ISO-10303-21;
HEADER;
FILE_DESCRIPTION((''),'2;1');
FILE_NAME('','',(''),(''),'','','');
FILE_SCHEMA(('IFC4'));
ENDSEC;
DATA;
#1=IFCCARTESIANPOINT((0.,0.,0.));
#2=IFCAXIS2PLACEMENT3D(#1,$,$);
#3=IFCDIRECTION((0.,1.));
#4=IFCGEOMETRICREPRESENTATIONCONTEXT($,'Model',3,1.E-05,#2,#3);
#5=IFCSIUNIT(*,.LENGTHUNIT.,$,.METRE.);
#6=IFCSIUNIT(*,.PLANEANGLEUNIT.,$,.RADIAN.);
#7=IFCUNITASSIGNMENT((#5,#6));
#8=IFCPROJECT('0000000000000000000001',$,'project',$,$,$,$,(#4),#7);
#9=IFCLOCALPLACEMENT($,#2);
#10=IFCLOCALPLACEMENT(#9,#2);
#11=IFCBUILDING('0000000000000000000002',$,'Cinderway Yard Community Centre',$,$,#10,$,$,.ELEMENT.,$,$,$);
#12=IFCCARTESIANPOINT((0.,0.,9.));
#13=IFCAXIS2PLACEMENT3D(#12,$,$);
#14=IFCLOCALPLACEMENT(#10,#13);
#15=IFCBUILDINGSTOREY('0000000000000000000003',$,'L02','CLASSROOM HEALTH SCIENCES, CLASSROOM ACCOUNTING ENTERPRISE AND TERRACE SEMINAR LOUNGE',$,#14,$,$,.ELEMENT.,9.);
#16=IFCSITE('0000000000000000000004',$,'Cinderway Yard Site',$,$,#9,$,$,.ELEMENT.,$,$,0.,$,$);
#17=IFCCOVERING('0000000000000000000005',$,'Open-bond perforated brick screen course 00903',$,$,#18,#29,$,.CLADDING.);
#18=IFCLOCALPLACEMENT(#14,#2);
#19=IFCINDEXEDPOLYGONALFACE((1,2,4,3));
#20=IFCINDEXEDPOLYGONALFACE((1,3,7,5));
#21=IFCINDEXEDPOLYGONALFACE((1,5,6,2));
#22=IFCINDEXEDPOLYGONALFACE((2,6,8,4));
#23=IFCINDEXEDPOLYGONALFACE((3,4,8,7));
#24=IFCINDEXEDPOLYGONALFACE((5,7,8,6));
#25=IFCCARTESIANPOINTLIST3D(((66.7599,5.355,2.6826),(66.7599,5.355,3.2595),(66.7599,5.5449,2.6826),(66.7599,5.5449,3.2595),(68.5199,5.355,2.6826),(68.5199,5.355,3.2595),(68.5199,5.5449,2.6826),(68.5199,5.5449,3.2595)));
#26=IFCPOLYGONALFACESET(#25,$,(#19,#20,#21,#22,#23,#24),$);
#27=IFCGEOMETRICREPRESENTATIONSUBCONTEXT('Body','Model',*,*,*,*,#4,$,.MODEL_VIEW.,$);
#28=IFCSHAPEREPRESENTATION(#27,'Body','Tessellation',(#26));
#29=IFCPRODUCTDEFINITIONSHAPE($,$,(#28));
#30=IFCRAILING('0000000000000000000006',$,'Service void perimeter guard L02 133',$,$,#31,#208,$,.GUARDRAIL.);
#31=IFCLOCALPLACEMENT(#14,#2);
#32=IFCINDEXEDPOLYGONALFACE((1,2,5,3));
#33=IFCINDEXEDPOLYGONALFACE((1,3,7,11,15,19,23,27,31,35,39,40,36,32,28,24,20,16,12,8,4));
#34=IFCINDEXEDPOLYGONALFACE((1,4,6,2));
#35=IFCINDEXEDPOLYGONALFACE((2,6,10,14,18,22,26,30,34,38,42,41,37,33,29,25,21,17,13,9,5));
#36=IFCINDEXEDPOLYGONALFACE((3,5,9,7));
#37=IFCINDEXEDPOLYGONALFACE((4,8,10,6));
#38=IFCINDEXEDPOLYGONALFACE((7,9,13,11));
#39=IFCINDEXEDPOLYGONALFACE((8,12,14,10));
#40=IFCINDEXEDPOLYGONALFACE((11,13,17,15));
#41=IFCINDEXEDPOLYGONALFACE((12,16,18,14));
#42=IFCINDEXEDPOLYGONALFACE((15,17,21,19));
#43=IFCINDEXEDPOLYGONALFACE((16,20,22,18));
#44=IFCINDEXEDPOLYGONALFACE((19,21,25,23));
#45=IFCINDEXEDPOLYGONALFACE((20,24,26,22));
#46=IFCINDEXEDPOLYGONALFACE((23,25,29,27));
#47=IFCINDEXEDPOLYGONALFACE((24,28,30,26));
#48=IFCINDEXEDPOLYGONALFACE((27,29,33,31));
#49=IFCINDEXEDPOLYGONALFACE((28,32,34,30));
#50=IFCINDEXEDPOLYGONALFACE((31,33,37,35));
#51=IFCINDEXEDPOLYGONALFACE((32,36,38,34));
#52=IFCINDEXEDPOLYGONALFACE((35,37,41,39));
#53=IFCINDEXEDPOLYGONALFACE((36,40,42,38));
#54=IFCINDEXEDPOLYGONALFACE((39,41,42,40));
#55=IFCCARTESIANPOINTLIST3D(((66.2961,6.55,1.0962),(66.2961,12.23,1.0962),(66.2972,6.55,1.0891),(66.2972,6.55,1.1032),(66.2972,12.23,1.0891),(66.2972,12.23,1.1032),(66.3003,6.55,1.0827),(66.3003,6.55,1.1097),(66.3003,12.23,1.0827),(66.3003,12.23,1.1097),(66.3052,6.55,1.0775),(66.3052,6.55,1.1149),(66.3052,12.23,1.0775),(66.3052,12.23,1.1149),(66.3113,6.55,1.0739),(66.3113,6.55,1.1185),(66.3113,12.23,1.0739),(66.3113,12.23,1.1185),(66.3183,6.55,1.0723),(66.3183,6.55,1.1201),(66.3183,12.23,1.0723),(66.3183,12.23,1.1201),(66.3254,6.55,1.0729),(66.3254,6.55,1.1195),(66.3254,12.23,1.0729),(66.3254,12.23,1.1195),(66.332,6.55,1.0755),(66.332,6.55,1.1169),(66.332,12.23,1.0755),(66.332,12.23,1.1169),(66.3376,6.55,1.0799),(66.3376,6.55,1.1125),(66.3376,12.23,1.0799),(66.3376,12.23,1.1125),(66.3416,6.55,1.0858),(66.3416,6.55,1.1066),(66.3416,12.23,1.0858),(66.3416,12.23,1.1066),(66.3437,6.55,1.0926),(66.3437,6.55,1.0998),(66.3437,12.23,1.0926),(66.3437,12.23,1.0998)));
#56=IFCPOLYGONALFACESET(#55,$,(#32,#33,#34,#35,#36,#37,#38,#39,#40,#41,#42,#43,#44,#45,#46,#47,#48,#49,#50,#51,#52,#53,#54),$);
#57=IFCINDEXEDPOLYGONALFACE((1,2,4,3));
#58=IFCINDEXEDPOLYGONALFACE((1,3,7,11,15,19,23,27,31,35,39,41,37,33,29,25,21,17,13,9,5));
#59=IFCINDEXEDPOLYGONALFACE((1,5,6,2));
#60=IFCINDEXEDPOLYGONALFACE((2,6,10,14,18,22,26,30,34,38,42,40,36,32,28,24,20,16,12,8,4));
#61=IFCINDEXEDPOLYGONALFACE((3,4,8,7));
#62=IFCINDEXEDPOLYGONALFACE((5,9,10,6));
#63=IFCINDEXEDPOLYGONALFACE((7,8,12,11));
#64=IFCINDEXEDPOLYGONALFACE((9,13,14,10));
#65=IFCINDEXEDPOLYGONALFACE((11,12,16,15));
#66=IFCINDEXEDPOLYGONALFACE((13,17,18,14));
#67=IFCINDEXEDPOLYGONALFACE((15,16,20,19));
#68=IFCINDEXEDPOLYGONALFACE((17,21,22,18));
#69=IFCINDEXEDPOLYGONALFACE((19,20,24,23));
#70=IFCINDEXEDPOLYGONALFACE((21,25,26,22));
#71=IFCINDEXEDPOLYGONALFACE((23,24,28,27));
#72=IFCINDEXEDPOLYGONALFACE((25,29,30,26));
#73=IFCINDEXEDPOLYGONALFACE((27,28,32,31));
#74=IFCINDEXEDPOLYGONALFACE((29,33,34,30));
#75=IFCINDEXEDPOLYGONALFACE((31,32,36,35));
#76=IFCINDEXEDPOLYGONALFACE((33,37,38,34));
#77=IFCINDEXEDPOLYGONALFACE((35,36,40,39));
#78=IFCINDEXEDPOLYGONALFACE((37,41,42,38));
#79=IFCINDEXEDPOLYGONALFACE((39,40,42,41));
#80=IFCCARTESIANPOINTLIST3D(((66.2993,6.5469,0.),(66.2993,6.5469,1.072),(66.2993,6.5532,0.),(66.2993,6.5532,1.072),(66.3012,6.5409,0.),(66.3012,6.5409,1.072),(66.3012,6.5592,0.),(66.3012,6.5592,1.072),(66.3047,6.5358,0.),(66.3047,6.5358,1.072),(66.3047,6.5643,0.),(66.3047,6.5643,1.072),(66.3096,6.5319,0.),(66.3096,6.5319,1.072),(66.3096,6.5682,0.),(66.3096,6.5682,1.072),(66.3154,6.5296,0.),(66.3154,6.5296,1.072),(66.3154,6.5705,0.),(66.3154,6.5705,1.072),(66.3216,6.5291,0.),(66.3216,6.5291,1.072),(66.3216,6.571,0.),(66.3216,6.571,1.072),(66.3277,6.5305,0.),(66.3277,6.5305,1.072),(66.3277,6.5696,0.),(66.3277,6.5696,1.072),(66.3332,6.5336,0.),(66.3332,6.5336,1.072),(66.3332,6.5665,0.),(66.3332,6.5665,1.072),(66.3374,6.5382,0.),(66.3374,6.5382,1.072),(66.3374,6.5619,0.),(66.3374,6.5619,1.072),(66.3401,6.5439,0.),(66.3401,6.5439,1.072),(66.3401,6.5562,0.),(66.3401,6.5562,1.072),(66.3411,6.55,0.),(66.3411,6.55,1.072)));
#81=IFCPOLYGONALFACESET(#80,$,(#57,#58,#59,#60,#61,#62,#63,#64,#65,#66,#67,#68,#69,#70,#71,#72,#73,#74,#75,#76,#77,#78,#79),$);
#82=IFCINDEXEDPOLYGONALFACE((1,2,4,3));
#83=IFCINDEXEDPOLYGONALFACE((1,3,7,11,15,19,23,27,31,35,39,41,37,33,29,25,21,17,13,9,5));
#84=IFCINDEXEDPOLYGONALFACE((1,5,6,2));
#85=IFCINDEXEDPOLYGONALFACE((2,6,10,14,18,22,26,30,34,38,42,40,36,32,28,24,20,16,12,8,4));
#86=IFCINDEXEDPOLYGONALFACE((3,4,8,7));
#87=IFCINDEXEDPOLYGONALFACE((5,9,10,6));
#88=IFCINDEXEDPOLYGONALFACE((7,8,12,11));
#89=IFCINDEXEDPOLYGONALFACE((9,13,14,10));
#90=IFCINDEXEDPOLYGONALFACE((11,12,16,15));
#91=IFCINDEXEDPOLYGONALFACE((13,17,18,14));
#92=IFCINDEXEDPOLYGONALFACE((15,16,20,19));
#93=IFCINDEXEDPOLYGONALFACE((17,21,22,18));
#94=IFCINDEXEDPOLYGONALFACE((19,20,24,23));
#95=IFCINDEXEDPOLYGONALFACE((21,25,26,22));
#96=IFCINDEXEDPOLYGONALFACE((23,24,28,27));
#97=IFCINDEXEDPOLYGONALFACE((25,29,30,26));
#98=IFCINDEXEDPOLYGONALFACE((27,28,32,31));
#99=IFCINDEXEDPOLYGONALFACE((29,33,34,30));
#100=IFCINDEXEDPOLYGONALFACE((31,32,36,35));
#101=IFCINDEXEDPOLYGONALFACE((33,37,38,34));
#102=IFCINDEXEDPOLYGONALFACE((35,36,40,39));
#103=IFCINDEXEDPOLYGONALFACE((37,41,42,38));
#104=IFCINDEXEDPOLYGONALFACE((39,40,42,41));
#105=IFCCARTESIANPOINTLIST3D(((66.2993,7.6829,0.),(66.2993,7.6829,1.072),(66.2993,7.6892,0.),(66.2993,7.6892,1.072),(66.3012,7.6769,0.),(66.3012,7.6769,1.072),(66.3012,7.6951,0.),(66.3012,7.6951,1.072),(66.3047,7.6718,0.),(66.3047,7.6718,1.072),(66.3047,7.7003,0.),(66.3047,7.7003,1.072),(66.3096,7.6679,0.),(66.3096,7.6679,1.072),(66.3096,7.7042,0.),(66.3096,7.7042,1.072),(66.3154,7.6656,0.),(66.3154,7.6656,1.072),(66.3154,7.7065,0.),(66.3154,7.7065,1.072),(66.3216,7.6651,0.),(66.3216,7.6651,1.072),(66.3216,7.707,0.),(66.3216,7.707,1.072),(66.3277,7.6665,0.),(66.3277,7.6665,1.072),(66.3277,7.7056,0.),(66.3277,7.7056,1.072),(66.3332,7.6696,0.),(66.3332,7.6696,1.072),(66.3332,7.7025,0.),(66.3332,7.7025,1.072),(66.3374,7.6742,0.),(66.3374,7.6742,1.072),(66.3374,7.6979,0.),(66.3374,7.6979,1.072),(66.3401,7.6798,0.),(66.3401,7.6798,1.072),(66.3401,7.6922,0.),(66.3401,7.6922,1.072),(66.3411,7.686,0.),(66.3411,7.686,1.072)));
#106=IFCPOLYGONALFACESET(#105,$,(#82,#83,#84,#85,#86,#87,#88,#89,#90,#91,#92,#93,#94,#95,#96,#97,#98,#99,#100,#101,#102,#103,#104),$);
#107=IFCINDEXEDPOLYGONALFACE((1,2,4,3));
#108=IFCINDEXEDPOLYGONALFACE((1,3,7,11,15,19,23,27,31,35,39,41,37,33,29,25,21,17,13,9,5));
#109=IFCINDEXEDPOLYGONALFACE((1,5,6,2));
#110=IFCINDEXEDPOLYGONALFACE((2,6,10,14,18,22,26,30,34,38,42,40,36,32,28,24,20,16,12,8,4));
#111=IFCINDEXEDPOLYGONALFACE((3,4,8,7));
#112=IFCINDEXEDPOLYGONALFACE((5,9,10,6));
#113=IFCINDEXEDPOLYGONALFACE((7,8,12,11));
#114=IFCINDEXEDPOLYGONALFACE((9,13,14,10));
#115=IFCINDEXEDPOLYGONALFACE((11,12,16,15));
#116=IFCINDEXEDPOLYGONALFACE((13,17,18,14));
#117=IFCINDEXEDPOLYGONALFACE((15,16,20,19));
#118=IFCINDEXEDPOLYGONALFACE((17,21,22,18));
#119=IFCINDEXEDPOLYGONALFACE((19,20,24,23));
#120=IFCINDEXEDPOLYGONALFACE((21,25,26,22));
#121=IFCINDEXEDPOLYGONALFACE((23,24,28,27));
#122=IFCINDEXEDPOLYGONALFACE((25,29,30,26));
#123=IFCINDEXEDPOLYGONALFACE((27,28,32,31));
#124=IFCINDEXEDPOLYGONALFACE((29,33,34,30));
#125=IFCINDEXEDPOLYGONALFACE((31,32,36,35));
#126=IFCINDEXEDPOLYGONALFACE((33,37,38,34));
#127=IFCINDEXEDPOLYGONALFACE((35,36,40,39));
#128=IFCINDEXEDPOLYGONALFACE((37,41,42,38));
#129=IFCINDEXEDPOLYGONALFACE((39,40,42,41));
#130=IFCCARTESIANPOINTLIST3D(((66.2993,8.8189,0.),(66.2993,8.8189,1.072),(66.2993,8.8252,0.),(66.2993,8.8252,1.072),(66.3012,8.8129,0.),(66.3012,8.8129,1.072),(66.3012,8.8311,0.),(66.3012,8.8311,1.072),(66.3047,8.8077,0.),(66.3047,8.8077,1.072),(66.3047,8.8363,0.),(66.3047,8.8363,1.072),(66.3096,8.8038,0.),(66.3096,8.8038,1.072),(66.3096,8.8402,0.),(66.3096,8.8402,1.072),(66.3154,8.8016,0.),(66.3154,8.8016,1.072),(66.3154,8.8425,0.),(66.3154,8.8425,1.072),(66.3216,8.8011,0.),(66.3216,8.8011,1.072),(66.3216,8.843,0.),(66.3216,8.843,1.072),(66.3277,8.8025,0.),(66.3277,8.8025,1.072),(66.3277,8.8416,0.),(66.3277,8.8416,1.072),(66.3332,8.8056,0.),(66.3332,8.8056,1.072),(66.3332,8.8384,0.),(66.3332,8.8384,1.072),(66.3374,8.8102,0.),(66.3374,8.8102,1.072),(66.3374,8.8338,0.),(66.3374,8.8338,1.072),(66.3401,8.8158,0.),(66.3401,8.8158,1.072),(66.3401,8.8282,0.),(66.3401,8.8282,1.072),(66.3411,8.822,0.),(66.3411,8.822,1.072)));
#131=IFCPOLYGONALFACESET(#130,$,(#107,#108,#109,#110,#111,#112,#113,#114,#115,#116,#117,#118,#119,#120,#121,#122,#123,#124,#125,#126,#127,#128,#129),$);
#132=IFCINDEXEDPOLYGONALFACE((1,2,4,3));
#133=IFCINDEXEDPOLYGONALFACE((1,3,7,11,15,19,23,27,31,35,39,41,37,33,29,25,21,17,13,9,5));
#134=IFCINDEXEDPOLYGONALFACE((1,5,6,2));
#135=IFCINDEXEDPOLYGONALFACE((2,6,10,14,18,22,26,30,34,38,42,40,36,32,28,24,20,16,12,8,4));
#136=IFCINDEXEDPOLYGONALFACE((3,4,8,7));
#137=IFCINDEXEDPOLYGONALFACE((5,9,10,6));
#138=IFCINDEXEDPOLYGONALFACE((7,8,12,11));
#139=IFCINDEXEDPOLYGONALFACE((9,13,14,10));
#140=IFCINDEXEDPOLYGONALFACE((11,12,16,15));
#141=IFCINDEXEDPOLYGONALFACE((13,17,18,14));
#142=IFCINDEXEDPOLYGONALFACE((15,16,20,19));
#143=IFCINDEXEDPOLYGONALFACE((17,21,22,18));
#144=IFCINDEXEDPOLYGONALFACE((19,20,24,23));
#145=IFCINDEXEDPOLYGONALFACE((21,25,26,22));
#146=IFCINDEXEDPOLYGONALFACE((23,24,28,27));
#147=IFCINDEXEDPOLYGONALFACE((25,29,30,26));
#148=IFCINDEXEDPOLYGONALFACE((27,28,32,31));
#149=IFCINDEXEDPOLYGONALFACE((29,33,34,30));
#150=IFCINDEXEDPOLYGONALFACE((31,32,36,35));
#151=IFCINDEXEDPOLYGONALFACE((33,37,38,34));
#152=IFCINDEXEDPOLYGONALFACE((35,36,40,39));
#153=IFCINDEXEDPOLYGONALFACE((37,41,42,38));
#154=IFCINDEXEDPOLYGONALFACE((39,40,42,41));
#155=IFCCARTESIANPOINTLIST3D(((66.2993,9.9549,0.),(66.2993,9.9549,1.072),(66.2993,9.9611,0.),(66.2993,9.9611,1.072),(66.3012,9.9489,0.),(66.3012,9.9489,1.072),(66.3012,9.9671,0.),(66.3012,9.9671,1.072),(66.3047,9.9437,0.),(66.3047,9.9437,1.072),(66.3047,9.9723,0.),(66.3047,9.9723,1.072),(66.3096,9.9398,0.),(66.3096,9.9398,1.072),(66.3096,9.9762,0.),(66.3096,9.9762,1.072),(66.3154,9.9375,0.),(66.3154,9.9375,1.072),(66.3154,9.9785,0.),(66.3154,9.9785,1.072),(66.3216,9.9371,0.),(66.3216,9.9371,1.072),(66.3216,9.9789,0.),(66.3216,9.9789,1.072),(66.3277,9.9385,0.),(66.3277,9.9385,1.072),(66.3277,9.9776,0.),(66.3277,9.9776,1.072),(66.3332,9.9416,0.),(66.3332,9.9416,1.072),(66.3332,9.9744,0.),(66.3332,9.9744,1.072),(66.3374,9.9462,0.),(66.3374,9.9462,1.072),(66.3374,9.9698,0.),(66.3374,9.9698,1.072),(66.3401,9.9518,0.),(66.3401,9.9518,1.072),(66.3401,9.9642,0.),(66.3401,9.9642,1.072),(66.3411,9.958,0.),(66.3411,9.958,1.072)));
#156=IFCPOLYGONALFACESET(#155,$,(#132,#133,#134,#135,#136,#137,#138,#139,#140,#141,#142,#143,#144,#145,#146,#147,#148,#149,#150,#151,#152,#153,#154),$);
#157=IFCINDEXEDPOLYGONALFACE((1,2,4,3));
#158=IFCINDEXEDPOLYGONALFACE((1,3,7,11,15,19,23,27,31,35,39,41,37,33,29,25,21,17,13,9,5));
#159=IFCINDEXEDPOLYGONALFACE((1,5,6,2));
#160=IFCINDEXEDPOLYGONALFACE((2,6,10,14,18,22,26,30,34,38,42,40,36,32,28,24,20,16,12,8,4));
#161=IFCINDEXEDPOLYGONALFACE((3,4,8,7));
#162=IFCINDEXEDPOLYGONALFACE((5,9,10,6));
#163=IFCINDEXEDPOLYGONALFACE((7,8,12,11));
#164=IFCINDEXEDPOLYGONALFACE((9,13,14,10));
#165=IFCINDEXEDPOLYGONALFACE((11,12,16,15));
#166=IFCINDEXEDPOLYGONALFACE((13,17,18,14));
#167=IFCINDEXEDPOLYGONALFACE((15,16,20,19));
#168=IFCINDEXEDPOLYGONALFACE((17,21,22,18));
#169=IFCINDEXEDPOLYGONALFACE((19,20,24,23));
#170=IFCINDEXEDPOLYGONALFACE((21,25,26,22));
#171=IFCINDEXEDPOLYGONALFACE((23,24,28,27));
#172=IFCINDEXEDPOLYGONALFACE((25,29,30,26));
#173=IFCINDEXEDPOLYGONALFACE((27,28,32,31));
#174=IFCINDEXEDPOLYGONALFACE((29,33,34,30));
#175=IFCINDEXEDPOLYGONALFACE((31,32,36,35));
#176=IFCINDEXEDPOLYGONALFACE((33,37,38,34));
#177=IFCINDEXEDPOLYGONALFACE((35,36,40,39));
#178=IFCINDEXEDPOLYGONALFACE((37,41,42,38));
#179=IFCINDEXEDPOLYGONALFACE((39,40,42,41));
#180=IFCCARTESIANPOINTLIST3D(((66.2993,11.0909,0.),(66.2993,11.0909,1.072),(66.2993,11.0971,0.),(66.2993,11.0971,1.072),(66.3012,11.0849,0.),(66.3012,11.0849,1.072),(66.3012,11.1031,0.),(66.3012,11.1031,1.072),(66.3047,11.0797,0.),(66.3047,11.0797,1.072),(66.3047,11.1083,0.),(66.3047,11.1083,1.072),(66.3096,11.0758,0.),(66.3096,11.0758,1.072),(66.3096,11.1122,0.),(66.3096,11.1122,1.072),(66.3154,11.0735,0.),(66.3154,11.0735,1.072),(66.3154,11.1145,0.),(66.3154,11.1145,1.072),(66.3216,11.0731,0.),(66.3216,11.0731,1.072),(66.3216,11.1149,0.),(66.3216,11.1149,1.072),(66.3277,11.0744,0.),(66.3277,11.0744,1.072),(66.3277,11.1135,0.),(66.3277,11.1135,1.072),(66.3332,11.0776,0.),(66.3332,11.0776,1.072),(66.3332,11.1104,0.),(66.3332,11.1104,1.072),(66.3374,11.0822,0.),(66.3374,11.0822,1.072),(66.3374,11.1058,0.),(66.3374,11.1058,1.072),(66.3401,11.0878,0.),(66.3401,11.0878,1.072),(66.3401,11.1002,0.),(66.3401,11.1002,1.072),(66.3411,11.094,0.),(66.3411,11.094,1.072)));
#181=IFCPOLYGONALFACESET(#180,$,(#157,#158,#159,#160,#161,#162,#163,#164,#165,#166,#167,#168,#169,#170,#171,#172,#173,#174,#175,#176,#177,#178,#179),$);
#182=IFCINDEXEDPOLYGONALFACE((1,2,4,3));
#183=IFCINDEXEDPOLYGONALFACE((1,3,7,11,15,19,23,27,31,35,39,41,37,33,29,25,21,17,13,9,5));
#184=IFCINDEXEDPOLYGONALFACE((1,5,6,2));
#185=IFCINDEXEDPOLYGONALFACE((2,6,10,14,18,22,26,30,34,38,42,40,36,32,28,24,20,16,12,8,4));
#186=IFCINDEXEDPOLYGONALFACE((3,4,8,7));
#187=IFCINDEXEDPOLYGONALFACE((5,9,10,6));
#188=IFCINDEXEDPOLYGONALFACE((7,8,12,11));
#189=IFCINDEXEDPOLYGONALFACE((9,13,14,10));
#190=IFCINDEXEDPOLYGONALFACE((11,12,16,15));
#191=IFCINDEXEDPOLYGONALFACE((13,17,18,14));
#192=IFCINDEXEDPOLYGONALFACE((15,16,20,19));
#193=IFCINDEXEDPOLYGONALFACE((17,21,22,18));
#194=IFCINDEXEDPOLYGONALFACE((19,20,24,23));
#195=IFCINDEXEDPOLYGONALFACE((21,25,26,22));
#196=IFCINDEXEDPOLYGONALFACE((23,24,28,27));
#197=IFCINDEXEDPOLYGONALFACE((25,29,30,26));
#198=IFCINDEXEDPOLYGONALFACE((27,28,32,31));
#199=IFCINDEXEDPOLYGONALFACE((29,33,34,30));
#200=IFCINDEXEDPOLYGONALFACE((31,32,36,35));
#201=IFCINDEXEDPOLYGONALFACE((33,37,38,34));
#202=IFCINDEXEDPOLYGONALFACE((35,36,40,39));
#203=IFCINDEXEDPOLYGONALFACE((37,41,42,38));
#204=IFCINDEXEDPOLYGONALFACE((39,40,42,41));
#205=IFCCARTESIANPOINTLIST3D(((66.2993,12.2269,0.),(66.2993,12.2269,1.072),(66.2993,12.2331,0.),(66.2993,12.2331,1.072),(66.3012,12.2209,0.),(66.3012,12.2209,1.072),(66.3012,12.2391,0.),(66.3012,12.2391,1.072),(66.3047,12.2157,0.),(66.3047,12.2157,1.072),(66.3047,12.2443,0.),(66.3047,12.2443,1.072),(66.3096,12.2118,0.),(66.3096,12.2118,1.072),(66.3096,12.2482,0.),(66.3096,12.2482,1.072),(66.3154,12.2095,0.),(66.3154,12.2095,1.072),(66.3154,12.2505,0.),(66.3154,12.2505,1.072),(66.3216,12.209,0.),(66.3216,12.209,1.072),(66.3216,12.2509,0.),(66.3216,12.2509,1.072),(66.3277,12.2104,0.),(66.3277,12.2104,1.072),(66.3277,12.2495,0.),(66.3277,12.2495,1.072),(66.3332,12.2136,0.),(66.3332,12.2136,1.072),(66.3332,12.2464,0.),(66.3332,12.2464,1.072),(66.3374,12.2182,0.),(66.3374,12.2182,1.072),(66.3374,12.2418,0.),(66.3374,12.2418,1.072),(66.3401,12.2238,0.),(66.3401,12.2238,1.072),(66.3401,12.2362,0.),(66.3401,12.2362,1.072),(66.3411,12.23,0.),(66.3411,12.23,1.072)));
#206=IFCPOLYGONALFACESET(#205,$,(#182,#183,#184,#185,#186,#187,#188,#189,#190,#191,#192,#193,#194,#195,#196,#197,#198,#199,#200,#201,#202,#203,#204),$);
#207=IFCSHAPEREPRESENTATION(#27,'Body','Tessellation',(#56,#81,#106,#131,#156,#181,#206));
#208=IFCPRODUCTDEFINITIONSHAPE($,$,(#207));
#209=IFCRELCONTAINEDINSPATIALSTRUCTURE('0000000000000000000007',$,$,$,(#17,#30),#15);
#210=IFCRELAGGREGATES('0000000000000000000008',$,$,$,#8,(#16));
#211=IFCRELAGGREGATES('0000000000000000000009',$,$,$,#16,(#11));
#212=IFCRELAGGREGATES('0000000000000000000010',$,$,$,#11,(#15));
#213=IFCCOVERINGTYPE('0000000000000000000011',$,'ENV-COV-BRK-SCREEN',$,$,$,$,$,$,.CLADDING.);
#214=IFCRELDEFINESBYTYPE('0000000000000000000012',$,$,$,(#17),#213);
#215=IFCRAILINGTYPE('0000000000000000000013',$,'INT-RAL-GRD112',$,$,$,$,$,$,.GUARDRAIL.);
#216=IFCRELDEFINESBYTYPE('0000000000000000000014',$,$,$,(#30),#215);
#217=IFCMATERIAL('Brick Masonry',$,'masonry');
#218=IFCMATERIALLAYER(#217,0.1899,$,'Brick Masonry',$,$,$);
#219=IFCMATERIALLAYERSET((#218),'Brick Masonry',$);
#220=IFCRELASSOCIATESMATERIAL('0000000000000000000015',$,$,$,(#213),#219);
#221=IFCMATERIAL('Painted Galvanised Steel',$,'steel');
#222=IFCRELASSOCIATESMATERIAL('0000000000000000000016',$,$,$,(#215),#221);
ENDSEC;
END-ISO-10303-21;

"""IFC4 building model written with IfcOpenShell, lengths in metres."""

from ifc_helpers import new_model, si_unit, direction, frame, origin, origin_2d, place, context, subcontext, project, spatial, rectangle, circle, extrude, material, layer, layer_set, type_object, element, save


model = new_model("IFC4")

# Units and contexts
model_context = context("Model", 3, precision=1e-05, world=origin(), true_north=direction((0.0, 1.0)))
body_context = subcontext(model_context, "Body", "Model", "MODEL_VIEW")
ifc_project = project(units=[si_unit("LENGTHUNIT", "METRE"), si_unit("PLANEANGLEUNIT", "RADIAN")], contexts=[model_context])

# Site, building, storey
site_placement = place(None, origin())
site = spatial("IfcSite", under=ifc_project, at=site_placement, Name="Cinderway Yard Site", CompositionType="ELEMENT", RefElevation=0.0)
building_placement = place(site_placement, origin())
building = spatial("IfcBuilding", under=site, at=building_placement, Name="Cinderway Yard Community Centre", CompositionType="ELEMENT")
storey_placement = place(building_placement, frame((0.0, 0.0, 9.0)))
storey = spatial("IfcBuildingStorey", under=building, at=storey_placement, Name="L02", Description="CLASSROOM HEALTH SCIENCES, CLASSROOM ACCOUNTING ENTERPRISE AND TERRACE SEMINAR LOUNGE", CompositionType="ELEMENT", Elevation=9.0)

# Shared definitions
ifc_material_1 = material(Name="Brick Masonry", Category="masonry")

# Covering
ifc_layer_1 = layer(ifc_material_1, 0.1899, Name="Brick Masonry")
ifc_layer_set_1 = layer_set([ifc_layer_1], Name="Brick Masonry")
covering_type = type_object("IfcCoveringType", Name="ENV-COV-BRK-SCREEN", PredefinedType="CLADDING", material=ifc_layer_set_1)
for number, where, z_axis, x_axis, name in (
    (1, (67.6399, 5.45, 2.6826), (0.0, 0.0, 1.0), (-1.0, 0.0, 0.0), "Open-bond perforated brick screen course 00903"),
):
    element("IfcCovering", number, at=place(storey_placement, frame(where, z_axis=z_axis, x_axis=x_axis)), inside=storey, type_object=covering_type, Name=name, PredefinedType="CLADDING", context=body_context, shape_type="SweptSolid", body=[
        extrude(rectangle(XDim=1.76, YDim=0.1899, at=origin_2d()), origin(), (0.0, 0.0, 1.0), 0.5769),
    ])

# Railing
ifc_material_2 = material(Name="Painted Galvanised Steel", Category="steel")
railing_type = type_object("IfcRailingType", Name="INT-RAL-GRD112", PredefinedType="GUARDRAIL", material=ifc_material_2)
railing_1_placement = place(storey_placement, frame((66.3201, 6.55, 0.0)))
element("IfcRailing", 2, at=railing_1_placement, inside=storey, type_object=railing_type, Name="Service void perimeter guard L02 133", PredefinedType="GUARDRAIL", context=body_context, shape_type="SweptSolid", body=[
    extrude(circle(Radius=0.0239, at=origin_2d()), frame((0.0, 0.0, 1.0962), z_axis=(0.0, 1.0, 0.0), x_axis=(-1.0, 0.0, 0.0)), (0.0, 0.0, 1.0), 5.6799),
    extrude(circle(Radius=0.021, at=origin_2d()), origin(), (0.0, 0.0, 1.0), 1.072),
    extrude(circle(Radius=0.021, at=origin_2d()), frame((0.0, 1.136, 0.0)), (0.0, 0.0, 1.0), 1.072),
    extrude(circle(Radius=0.021, at=origin_2d()), frame((0.0, 2.272, 0.0)), (0.0, 0.0, 1.0), 1.072),
    extrude(circle(Radius=0.021, at=origin_2d()), frame((0.0, 3.408, 0.0)), (0.0, 0.0, 1.0), 1.072),
    extrude(circle(Radius=0.021, at=origin_2d()), frame((0.0, 4.5439, 0.0)), (0.0, 0.0, 1.0), 1.072),
    extrude(circle(Radius=0.021, at=origin_2d()), frame((0.0, 5.6799, 0.0)), (0.0, 0.0, 1.0), 1.072),
])

save(model, "model.ifc")
